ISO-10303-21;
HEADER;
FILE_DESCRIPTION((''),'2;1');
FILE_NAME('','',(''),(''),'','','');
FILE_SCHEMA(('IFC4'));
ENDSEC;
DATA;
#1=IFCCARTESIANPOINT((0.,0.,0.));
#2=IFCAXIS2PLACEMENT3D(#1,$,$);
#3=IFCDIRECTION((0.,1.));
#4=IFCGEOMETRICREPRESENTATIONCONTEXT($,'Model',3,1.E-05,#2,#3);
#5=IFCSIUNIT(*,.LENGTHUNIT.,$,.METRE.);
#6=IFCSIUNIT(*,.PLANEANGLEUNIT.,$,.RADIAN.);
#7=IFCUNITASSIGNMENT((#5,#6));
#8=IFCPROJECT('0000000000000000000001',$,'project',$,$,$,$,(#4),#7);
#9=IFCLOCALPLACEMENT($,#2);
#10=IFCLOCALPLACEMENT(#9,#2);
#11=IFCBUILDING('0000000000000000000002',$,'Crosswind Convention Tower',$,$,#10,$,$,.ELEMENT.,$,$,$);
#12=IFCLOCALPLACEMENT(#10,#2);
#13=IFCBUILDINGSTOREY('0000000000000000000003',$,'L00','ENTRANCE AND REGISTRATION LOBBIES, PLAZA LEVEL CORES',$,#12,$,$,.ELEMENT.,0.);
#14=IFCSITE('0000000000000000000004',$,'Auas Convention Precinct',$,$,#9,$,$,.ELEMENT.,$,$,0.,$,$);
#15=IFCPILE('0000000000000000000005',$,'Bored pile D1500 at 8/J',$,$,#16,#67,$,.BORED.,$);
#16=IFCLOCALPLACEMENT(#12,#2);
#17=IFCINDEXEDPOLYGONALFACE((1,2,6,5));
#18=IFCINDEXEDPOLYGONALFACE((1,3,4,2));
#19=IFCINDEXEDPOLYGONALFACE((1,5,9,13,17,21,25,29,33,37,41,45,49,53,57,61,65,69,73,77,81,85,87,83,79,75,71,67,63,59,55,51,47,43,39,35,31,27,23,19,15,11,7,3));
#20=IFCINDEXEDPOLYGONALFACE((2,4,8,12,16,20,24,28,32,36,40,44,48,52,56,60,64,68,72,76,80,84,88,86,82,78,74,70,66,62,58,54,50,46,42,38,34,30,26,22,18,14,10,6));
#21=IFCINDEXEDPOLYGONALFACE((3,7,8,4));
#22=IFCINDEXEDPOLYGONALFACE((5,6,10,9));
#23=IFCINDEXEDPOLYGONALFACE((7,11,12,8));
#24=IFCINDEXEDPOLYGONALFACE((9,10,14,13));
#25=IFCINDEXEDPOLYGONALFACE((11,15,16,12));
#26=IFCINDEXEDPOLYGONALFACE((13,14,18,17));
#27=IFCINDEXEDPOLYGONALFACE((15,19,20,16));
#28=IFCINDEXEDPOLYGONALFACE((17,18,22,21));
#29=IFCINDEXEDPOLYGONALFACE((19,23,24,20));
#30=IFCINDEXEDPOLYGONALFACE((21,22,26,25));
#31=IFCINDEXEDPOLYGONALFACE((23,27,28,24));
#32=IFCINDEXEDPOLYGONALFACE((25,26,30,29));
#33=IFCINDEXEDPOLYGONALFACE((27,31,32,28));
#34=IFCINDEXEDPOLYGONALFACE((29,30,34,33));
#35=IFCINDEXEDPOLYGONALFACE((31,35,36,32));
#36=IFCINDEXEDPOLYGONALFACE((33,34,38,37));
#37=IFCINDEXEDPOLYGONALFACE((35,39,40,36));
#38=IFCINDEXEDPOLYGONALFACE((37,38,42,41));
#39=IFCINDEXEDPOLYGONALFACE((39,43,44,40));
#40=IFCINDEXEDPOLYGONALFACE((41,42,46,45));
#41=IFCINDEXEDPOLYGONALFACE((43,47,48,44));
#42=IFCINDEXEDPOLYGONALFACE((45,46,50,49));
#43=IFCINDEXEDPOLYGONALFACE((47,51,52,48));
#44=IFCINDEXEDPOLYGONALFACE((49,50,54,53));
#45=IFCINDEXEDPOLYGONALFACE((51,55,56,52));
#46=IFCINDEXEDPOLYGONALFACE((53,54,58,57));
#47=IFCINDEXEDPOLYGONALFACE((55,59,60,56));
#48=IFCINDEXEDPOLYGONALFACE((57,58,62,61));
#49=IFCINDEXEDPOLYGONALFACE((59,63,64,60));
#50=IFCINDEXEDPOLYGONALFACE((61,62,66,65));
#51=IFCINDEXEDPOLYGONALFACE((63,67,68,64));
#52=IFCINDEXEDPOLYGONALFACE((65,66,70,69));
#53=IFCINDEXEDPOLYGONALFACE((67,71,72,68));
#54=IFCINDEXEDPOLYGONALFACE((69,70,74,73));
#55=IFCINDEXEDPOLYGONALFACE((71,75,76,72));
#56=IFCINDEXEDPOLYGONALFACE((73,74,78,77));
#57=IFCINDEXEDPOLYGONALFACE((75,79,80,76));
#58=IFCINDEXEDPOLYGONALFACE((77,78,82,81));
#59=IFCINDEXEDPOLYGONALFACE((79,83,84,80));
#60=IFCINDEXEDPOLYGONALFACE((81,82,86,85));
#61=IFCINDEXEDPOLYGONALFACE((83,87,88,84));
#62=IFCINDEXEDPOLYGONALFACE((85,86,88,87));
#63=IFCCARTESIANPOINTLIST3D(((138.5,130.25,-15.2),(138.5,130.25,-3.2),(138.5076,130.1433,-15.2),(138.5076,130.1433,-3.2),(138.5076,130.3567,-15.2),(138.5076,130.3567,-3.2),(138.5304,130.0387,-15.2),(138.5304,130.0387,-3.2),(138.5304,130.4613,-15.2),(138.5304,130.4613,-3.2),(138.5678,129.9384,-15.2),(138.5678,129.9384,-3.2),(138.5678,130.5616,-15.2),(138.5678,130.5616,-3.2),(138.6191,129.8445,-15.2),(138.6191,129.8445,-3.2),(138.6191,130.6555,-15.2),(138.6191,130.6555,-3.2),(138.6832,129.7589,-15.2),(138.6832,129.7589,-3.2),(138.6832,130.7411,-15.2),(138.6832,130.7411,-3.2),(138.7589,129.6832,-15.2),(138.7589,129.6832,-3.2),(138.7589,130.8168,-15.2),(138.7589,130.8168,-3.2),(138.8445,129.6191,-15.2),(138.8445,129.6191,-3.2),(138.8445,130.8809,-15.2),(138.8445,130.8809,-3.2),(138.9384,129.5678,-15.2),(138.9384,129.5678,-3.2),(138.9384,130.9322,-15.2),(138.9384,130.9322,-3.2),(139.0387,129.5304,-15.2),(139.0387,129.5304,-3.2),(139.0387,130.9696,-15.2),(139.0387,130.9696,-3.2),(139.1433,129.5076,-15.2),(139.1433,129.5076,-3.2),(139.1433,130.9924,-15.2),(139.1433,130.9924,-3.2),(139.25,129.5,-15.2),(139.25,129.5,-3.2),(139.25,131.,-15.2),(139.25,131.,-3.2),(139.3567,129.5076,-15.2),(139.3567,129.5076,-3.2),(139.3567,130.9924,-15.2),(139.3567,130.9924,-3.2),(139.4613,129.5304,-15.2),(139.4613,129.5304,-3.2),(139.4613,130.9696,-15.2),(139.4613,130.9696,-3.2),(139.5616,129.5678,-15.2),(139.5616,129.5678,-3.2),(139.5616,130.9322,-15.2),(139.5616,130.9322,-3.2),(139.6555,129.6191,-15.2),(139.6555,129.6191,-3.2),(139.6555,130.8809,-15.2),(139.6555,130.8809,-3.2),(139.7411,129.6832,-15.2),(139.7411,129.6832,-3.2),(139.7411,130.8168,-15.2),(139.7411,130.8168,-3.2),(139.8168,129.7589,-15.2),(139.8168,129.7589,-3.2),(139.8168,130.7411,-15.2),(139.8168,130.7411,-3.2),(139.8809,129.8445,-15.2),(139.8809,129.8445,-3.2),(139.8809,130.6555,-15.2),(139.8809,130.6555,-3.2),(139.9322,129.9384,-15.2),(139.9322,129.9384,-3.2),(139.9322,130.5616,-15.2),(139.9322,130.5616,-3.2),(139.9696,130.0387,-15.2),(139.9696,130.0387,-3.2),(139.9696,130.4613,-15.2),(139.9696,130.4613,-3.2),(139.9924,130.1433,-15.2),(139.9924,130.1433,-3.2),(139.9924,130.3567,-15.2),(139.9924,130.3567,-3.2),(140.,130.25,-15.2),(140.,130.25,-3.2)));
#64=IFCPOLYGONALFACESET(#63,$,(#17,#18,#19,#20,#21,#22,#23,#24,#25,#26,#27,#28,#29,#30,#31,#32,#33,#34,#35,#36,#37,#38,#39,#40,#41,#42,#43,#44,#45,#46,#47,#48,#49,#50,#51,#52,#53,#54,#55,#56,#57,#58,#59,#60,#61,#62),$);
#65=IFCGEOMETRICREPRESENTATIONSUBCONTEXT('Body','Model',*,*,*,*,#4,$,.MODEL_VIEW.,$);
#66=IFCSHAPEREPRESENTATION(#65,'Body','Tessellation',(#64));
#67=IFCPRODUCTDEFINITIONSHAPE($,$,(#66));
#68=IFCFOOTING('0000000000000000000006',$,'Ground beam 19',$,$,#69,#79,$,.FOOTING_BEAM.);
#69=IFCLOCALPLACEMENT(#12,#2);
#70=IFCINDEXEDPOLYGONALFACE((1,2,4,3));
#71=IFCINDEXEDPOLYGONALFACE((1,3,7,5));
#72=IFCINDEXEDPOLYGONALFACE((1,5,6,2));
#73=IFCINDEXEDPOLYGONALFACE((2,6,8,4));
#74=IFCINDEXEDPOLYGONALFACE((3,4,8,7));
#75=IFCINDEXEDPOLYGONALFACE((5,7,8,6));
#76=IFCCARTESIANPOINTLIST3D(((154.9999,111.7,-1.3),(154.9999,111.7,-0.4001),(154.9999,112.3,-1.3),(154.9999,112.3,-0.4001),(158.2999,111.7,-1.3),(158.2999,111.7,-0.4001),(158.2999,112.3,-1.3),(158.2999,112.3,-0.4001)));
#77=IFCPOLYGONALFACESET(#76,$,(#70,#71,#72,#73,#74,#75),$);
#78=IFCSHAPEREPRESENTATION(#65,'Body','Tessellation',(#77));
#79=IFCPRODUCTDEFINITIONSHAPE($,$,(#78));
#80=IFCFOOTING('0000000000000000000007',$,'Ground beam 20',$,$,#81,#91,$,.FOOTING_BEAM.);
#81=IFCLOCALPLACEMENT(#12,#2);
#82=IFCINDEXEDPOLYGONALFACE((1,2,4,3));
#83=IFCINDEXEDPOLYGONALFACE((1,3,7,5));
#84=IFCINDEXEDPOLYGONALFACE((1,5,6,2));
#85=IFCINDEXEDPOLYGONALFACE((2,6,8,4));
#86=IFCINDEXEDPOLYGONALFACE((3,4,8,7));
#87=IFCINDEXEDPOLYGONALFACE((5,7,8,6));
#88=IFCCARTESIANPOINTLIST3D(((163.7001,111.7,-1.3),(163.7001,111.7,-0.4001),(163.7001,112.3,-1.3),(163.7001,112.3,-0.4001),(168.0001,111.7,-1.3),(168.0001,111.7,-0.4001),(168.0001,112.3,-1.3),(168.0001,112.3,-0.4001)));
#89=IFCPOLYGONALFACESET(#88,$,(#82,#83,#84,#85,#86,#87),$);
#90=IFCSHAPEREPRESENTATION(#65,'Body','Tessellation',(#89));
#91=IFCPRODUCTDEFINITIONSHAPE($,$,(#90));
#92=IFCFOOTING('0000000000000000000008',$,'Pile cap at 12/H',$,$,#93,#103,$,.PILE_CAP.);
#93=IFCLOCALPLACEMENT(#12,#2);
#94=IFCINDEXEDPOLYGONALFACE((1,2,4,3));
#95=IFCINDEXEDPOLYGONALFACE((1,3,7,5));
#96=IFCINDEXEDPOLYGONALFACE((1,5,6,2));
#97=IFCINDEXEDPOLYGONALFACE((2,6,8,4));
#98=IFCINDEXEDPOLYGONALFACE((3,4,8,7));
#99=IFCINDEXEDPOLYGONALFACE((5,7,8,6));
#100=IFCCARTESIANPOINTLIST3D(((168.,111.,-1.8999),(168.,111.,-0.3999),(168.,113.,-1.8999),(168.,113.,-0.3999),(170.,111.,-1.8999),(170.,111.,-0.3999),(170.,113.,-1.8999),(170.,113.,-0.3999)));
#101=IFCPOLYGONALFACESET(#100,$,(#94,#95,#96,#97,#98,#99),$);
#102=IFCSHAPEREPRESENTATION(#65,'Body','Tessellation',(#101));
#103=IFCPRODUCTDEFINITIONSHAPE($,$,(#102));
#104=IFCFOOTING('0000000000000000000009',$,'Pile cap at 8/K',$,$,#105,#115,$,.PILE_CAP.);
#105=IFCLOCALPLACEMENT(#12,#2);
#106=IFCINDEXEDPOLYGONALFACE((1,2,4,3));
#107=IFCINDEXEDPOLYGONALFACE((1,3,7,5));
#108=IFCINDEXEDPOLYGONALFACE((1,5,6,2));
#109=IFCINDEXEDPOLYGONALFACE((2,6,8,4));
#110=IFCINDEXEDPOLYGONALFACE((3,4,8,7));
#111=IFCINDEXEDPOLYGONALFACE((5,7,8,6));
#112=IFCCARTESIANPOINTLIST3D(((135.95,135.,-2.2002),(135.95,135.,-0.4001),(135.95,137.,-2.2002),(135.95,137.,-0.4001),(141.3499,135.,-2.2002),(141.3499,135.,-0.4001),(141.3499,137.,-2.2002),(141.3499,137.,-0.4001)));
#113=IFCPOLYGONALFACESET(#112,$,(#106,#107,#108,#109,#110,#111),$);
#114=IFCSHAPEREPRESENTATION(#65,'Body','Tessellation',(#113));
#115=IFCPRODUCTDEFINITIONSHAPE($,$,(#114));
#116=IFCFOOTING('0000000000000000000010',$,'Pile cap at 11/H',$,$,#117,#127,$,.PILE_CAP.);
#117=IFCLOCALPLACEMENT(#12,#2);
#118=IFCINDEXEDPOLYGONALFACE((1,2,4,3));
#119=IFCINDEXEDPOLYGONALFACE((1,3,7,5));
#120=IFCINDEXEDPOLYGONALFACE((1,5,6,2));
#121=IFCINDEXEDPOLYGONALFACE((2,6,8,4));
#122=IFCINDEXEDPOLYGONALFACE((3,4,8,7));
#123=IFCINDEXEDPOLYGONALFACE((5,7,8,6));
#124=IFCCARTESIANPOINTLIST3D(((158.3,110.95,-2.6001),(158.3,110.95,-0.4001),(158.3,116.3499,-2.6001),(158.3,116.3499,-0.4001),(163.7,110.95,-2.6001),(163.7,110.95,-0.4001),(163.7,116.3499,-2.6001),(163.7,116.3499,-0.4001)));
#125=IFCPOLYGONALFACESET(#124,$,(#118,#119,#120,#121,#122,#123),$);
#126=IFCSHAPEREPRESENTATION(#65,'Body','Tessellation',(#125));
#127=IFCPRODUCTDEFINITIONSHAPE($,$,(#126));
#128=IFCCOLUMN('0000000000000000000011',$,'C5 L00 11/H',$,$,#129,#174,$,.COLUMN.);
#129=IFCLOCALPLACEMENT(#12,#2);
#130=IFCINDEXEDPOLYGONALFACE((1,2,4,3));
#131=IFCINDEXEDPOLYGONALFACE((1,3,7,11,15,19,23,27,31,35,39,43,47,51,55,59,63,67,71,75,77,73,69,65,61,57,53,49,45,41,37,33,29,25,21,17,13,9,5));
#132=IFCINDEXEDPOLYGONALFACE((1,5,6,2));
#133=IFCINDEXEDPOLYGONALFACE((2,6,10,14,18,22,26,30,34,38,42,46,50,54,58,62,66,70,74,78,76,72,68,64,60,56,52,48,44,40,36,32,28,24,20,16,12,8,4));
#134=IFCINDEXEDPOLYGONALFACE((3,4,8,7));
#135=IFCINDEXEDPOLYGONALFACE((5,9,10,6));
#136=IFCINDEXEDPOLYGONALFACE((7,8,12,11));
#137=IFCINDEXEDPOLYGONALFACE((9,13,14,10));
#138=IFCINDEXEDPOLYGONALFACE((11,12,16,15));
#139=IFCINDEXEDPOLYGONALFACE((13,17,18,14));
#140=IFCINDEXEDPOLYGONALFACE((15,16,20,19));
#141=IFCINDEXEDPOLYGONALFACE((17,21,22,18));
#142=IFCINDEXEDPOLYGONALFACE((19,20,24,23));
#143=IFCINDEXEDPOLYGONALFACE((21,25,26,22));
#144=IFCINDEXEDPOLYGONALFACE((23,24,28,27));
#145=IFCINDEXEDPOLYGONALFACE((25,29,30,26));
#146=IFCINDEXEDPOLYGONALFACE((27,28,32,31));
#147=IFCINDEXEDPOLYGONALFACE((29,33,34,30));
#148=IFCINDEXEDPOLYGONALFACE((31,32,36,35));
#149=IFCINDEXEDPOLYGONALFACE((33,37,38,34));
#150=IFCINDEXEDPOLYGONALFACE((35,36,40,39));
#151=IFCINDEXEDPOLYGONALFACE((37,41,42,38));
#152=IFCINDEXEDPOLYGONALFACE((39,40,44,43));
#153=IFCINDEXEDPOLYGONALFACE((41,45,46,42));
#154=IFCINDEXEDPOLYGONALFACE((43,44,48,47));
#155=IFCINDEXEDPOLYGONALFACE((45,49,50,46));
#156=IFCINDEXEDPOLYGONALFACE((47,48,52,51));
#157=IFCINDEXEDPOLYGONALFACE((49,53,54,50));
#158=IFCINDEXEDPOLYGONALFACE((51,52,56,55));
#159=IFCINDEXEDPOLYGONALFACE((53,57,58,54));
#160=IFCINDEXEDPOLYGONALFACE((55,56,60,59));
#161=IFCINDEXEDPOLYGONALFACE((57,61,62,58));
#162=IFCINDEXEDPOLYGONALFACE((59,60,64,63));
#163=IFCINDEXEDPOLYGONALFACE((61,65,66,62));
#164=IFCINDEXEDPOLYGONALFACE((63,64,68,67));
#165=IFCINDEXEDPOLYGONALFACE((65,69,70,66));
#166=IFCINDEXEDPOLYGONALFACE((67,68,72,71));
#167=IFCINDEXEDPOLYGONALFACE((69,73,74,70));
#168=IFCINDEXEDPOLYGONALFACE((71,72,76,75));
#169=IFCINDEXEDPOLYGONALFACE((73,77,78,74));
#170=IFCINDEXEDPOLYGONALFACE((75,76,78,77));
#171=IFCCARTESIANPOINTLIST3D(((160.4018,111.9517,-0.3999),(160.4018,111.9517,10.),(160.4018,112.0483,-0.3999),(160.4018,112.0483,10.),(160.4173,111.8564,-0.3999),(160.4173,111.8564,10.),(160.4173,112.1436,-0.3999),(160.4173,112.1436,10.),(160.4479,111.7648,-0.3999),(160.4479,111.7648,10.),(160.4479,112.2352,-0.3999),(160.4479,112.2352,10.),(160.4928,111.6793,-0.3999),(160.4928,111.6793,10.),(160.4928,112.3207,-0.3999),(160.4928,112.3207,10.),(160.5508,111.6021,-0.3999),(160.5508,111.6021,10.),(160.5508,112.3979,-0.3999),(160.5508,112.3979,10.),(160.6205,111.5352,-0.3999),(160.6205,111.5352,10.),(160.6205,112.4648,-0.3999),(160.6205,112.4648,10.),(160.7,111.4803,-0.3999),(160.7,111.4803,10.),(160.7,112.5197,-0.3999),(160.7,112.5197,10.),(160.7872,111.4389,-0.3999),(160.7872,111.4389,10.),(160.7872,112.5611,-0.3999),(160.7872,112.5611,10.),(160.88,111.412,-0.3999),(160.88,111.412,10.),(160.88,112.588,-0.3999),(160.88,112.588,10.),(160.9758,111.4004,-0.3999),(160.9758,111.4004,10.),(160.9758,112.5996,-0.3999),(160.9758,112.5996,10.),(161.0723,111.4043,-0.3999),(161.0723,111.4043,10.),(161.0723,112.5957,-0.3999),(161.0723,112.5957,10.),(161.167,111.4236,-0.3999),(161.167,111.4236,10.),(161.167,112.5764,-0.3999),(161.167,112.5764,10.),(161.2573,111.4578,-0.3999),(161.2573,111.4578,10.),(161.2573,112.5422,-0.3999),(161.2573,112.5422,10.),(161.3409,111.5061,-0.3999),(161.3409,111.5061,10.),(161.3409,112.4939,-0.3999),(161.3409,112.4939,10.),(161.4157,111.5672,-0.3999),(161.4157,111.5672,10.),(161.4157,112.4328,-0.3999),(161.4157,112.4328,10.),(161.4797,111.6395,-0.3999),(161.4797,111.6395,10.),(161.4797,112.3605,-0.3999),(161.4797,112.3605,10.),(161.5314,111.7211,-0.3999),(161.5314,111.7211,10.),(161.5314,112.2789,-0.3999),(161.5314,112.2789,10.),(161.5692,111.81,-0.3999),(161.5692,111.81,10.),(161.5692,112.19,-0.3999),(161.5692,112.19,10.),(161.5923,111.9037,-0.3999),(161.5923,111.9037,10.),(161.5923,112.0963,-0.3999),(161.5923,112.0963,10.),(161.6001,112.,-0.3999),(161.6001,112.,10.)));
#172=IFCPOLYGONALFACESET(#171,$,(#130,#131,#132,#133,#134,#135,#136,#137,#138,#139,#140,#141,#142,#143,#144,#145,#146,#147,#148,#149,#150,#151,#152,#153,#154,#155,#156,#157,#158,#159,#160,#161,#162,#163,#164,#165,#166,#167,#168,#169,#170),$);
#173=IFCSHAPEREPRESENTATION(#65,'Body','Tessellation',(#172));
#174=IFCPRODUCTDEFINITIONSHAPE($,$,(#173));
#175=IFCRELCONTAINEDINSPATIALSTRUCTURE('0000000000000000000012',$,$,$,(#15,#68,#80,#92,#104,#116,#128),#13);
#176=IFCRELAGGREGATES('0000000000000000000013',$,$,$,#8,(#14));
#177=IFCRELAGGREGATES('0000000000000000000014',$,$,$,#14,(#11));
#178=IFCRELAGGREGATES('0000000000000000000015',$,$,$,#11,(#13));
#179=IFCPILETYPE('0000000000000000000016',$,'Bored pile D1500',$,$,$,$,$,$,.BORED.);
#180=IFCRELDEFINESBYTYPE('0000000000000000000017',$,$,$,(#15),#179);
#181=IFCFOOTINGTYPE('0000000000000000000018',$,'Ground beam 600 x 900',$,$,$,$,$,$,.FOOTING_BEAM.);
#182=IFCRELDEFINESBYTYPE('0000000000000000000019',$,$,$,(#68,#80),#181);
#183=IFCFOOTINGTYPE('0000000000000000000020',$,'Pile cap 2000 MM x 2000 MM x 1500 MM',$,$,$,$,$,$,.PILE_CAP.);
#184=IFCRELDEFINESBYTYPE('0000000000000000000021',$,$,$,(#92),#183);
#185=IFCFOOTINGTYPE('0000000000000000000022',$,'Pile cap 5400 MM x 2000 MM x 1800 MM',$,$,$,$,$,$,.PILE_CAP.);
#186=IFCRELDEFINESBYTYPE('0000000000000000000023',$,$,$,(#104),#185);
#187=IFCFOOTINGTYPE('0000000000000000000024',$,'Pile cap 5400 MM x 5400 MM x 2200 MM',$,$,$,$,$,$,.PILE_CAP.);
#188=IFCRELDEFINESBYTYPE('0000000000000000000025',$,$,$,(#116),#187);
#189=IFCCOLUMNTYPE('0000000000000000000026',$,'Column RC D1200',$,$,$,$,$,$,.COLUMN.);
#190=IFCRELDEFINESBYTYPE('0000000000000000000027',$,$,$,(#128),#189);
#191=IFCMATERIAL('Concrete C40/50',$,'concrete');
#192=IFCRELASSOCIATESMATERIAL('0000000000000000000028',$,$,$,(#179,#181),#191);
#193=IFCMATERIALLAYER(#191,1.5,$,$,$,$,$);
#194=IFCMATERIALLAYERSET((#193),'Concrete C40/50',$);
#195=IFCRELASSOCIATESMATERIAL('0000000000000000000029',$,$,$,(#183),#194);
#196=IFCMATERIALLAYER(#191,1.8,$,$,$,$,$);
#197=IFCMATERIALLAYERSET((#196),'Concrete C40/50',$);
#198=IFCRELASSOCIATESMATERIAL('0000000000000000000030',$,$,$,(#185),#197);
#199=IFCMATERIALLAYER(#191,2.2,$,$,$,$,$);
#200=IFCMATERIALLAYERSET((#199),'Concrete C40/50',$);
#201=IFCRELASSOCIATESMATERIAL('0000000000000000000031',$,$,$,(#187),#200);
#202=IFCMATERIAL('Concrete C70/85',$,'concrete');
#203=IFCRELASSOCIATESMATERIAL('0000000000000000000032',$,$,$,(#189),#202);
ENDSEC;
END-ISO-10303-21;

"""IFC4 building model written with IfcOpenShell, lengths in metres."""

from ifc_helpers import new_model, si_unit, direction, frame, origin, origin_2d, place, context, subcontext, project, spatial, rectangle, circle, extrude, material, layer, layer_set, material_profile, profile_set, type_object, element, save


model = new_model("IFC4")

# Units and contexts
model_context = context("Model", 3, precision=1e-05, world=origin(), true_north=direction((0.0, 1.0)))
body_context = subcontext(model_context, "Body", "Model", "MODEL_VIEW")
ifc_project = project(units=[si_unit("LENGTHUNIT", "METRE"), si_unit("PLANEANGLEUNIT", "RADIAN")], contexts=[model_context])

# Site, building, storey
site_placement = place(None, origin())
site = spatial("IfcSite", under=ifc_project, at=site_placement, Name="Auas Convention Precinct", CompositionType="ELEMENT", RefElevation=0.0)
building_placement = place(site_placement, origin())
building = spatial("IfcBuilding", under=site, at=building_placement, Name="Crosswind Convention Tower", CompositionType="ELEMENT")
storey_placement = place(building_placement, origin())
storey = spatial("IfcBuildingStorey", under=building, at=storey_placement, Name="L00", Description="ENTRANCE AND REGISTRATION LOBBIES, PLAZA LEVEL CORES", CompositionType="ELEMENT", Elevation=0.0)

# Pile
ifc_material_1 = material(Name="Concrete C40/50", Category="concrete")
ifc_material_profile_1 = material_profile(ifc_material_1, circle(Radius=0.75, at=origin_2d()), Name="Bored pile D1500")
ifc_profile_set_1 = profile_set([ifc_material_profile_1], Name="Concrete C40/50")
pile_type_1 = type_object("IfcPileType", Name="Bored pile D1500", PredefinedType="BORED", material=ifc_profile_set_1)
for number, where, z_axis, x_axis, name in (
    (1, (139.25, 130.25, -3.2), (0.0, 0.0, -1.0), (1.0, 0.0, 0.0), "Bored pile D1500 at 8/J"),
):
    element("IfcPile", number, at=place(storey_placement, frame(where, z_axis=z_axis, x_axis=x_axis)), inside=storey, type_object=pile_type_1, Name=name, PredefinedType="BORED", context=body_context, shape_type="SweptSolid", body=[
        extrude(circle(Radius=0.75, at=origin_2d()), origin(), (0.0, 0.0, 1.0), 12.0),
    ])

# Footings
footing_type_1 = type_object("IfcFootingType", Name="Ground beam 600 x 900", PredefinedType="FOOTING_BEAM", material=ifc_material_1)
footing_1_placement = place(storey_placement, frame((156.6499, 112.0, -1.3), z_axis=(0.0, 0.0, 1.0), x_axis=(1.0, 0.0, 0.0)))
element("IfcFooting", 2, at=footing_1_placement, inside=storey, type_object=footing_type_1, Name="Ground beam 19", PredefinedType="FOOTING_BEAM", context=body_context, shape_type="SweptSolid", body=[
    extrude(rectangle(XDim=3.3, YDim=0.6001, at=origin_2d()), origin(), (0.0, 0.0, 1.0), 0.8999),
])
footing_2_placement = place(storey_placement, frame((165.8501, 112.0, -1.3), z_axis=(0.0, 0.0, 1.0), x_axis=(1.0, 0.0, 0.0)))
element("IfcFooting", 3, at=footing_2_placement, inside=storey, type_object=footing_type_1, Name="Ground beam 20", PredefinedType="FOOTING_BEAM", context=body_context, shape_type="SweptSolid", body=[
    extrude(rectangle(XDim=4.3, YDim=0.6001, at=origin_2d()), origin(), (0.0, 0.0, 1.0), 0.8999),
])
ifc_layer_1 = layer(ifc_material_1, 1.5)
ifc_layer_set_1 = layer_set([ifc_layer_1], Name="Concrete C40/50")
footing_type_2 = type_object("IfcFootingType", Name="Pile cap 2000 MM x 2000 MM x 1500 MM", PredefinedType="PILE_CAP", material=ifc_layer_set_1)
footing_3_placement = place(storey_placement, frame((169.0, 112.0, -1.8999), z_axis=(0.0, 0.0, 1.0), x_axis=(1.0, 0.0, 0.0)))
element("IfcFooting", 4, at=footing_3_placement, inside=storey, type_object=footing_type_2, Name="Pile cap at 12/H", PredefinedType="PILE_CAP", context=body_context, shape_type="SweptSolid", body=[
    extrude(rectangle(XDim=2.0, YDim=2.0, at=origin_2d()), origin(), (0.0, 0.0, 1.0), 1.5),
])
ifc_layer_2 = layer(ifc_material_1, 1.8)
ifc_layer_set_2 = layer_set([ifc_layer_2], Name="Concrete C40/50")
footing_type_3 = type_object("IfcFootingType", Name="Pile cap 5400 MM x 2000 MM x 1800 MM", PredefinedType="PILE_CAP", material=ifc_layer_set_2)
footing_4_placement = place(storey_placement, frame((138.6499, 136.0, -2.2002), z_axis=(0.0, 0.0, 1.0), x_axis=(1.0, 0.0, 0.0)))
element("IfcFooting", 5, at=footing_4_placement, inside=storey, type_object=footing_type_3, Name="Pile cap at 8/K", PredefinedType="PILE_CAP", context=body_context, shape_type="SweptSolid", body=[
    extrude(rectangle(XDim=5.3999, YDim=2.0, at=origin_2d()), origin(), (0.0, 0.0, 1.0), 1.8),
])
ifc_layer_3 = layer(ifc_material_1, 2.2)
ifc_layer_set_3 = layer_set([ifc_layer_3], Name="Concrete C40/50")
footing_type_4 = type_object("IfcFootingType", Name="Pile cap 5400 MM x 5400 MM x 2200 MM", PredefinedType="PILE_CAP", material=ifc_layer_set_3)
footing_5_placement = place(storey_placement, frame((161.0, 113.6499, -2.6001), z_axis=(0.0, 0.0, 1.0), x_axis=(1.0, 0.0, 0.0)))
element("IfcFooting", 6, at=footing_5_placement, inside=storey, type_object=footing_type_4, Name="Pile cap at 11/H", PredefinedType="PILE_CAP", context=body_context, shape_type="SweptSolid", body=[
    extrude(rectangle(XDim=5.3999, YDim=5.3999, at=origin_2d()), origin(), (0.0, 0.0, 1.0), 2.2),
])

# Column
ifc_material_2 = material(Name="Concrete C70/85", Category="concrete")
ifc_material_profile_2 = material_profile(ifc_material_2, circle(Radius=0.6001, at=origin_2d()), Name="RC D1200")
ifc_profile_set_2 = profile_set([ifc_material_profile_2], Name="Concrete C70/85")
column_type_1 = type_object("IfcColumnType", Name="Column RC D1200", PredefinedType="COLUMN", material=ifc_profile_set_2)
column_1_placement = place(storey_placement, frame((161.0, 112.0, -0.3999), z_axis=(0.0, 0.0, 1.0), x_axis=(1.0, 0.0, 0.0)))
element("IfcColumn", 7, at=column_1_placement, inside=storey, type_object=column_type_1, Name="C5 L00 11/H", PredefinedType="COLUMN", context=body_context, shape_type="SweptSolid", body=[
    extrude(circle(Radius=0.6001, at=origin_2d()), origin(), (0.0, 0.0, 1.0), 10.3999),
])

save(model, "model.ifc")
